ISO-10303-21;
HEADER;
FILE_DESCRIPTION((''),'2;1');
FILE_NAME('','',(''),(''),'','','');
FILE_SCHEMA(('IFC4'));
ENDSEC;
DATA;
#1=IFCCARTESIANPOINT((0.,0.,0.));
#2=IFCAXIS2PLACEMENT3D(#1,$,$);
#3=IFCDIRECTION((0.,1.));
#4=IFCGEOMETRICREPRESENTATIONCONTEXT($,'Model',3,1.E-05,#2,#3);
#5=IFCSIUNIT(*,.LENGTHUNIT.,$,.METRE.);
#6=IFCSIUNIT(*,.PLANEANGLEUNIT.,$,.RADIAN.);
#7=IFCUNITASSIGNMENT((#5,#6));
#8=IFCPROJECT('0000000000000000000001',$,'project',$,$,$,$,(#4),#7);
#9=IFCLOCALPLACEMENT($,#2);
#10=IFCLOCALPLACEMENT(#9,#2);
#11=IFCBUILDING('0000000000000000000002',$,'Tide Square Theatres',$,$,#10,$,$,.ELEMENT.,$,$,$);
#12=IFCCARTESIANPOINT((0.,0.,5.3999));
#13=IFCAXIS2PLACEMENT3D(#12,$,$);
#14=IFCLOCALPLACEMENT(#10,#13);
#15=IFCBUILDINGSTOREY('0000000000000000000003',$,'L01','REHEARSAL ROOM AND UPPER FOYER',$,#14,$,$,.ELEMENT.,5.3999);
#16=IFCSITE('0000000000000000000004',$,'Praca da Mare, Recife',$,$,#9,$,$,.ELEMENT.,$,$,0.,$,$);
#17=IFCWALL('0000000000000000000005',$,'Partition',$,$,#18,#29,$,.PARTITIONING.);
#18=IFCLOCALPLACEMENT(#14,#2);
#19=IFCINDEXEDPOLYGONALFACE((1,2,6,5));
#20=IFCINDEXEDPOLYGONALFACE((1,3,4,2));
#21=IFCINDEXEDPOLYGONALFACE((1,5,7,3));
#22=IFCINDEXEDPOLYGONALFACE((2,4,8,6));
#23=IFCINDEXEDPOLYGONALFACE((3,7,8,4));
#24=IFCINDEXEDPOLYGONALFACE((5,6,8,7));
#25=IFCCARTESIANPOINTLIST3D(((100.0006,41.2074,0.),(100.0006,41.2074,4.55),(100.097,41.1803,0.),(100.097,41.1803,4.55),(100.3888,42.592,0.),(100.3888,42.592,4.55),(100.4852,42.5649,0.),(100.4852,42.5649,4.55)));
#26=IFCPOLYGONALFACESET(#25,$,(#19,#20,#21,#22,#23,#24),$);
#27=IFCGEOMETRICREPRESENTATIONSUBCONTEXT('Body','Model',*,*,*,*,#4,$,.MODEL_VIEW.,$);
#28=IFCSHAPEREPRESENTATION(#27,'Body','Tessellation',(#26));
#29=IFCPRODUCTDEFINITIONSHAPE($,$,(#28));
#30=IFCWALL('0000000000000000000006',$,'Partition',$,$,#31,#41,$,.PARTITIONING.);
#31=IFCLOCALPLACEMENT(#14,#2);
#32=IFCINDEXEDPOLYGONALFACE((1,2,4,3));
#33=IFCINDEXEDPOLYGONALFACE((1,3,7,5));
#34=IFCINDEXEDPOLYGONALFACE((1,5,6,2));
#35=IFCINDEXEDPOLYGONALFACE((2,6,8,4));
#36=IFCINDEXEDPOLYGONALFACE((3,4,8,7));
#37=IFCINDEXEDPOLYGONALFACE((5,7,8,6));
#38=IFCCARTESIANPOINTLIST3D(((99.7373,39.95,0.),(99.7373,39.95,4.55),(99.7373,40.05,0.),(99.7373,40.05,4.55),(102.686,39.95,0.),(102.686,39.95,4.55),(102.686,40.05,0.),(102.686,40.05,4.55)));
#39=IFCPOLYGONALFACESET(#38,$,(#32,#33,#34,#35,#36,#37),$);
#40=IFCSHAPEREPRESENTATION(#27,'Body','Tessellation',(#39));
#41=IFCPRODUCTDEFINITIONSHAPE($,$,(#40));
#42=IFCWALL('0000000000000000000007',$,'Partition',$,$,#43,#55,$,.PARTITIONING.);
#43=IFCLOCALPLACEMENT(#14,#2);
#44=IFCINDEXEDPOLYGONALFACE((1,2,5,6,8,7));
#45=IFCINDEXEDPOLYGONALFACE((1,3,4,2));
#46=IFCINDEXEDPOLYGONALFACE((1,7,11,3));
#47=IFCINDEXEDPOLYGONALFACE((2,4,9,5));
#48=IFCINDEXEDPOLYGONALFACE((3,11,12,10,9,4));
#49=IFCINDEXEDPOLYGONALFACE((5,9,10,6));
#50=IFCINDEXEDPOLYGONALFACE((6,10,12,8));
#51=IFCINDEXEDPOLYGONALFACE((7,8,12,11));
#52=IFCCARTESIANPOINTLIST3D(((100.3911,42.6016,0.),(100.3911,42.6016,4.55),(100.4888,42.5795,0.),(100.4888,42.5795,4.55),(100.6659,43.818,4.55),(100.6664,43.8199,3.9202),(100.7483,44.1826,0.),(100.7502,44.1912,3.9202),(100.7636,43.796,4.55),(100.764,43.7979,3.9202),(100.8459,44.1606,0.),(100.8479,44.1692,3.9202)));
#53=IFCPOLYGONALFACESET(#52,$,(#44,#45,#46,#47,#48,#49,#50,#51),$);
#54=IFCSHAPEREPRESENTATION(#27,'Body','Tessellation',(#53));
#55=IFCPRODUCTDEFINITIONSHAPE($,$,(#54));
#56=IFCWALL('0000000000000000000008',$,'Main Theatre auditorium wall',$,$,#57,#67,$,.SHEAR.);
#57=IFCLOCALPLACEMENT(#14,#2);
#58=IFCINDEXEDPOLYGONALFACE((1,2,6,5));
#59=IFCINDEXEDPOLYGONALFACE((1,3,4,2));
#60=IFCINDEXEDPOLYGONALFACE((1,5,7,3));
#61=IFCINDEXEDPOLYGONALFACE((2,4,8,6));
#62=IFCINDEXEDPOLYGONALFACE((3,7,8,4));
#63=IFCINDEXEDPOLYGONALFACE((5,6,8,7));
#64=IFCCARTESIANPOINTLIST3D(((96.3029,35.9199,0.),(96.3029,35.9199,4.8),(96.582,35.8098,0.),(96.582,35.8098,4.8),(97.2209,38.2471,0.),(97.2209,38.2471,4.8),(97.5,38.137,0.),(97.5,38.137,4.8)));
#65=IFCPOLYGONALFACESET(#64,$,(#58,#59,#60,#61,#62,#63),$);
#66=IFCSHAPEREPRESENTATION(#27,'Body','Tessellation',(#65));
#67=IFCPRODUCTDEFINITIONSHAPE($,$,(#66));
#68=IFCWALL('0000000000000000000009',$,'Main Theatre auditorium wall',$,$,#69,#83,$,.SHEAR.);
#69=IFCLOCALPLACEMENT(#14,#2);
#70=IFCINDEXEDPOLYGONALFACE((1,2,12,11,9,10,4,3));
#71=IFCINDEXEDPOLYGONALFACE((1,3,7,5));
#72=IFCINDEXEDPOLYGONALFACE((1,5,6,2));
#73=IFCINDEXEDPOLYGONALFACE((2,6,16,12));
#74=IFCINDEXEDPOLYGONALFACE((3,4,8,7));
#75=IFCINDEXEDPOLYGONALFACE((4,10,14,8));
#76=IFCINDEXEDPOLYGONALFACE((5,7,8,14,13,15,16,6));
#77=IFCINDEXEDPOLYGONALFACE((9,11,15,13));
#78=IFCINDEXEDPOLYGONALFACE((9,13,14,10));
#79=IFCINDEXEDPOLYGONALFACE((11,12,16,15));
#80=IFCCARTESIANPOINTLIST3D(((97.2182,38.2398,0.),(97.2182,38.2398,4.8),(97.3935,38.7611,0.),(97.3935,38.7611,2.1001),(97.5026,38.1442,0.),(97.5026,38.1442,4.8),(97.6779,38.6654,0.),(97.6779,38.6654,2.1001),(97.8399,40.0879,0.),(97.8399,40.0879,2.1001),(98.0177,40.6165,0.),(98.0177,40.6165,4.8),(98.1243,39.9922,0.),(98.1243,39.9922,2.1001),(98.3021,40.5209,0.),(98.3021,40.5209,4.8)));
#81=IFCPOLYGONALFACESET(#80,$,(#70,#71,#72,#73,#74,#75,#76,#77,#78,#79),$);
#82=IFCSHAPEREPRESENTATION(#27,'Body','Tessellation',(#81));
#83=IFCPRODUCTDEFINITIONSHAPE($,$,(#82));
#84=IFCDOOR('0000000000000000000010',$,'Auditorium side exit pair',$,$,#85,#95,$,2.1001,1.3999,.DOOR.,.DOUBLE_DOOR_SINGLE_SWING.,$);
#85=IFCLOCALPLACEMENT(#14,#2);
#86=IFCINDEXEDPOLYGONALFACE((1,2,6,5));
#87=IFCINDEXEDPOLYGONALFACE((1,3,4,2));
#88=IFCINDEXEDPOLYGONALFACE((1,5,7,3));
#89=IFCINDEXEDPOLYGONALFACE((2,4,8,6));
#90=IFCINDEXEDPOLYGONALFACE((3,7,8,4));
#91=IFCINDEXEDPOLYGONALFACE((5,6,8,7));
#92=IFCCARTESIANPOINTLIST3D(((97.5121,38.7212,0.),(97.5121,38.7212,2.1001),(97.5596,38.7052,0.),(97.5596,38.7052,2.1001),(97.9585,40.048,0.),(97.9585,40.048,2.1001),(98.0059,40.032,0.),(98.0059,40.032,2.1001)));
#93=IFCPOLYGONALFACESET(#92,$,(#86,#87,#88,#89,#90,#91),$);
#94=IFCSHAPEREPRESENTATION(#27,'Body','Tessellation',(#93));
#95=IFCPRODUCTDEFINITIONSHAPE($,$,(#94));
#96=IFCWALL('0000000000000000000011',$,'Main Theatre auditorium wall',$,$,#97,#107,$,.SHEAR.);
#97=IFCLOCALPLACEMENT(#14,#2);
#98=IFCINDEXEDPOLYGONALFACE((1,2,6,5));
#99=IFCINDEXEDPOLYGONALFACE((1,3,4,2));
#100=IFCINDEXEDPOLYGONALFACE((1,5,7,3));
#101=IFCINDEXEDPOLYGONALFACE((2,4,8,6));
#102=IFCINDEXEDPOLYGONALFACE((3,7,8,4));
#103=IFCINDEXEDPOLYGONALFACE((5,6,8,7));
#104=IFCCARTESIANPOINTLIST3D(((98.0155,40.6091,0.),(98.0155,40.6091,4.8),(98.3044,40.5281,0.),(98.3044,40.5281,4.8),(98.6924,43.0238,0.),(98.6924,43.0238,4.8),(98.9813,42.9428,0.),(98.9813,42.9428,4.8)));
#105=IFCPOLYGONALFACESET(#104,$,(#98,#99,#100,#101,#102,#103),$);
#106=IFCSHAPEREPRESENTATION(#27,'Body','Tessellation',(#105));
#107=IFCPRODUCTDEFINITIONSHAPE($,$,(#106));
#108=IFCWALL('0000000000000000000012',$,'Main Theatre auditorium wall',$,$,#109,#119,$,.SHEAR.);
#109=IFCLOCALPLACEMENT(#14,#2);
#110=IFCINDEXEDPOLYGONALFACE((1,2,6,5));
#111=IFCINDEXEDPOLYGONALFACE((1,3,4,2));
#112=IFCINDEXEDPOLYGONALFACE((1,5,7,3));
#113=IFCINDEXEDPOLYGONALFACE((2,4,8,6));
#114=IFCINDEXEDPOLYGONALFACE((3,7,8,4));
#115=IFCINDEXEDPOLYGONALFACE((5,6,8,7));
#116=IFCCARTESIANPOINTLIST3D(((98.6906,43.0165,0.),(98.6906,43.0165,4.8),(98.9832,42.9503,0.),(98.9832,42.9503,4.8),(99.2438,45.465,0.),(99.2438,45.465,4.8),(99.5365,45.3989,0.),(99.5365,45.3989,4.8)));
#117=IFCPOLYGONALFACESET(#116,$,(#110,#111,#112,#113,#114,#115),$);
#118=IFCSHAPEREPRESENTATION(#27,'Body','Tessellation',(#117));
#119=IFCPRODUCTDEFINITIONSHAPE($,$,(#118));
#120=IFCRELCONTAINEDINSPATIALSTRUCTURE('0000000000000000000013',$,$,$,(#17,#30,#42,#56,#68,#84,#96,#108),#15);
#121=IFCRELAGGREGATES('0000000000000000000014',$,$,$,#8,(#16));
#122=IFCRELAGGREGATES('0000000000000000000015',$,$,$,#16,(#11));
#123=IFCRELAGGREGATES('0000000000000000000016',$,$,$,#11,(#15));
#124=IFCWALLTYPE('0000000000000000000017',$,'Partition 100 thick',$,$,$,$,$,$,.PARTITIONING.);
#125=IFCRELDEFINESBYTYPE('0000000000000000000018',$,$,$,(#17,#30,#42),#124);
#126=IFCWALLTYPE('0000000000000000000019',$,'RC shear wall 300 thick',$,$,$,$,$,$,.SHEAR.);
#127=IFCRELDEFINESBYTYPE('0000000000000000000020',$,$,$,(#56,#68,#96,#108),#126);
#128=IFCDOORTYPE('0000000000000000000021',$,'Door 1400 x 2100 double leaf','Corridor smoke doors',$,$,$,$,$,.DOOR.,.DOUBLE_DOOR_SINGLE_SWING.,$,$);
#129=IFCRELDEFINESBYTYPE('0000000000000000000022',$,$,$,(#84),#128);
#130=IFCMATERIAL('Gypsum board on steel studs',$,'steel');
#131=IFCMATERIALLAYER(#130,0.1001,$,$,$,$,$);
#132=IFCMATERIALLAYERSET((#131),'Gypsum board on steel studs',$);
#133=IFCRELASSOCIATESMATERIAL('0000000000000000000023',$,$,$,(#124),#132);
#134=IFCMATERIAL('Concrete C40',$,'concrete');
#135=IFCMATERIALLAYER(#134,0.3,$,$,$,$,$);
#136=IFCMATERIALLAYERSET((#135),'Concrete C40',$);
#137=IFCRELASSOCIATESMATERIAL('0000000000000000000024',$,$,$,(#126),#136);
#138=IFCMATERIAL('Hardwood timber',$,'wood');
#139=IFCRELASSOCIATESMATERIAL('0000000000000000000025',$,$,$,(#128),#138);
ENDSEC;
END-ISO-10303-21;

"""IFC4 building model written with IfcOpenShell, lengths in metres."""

from ifc_helpers import new_model, si_unit, direction, frame, frame_2d, origin, place, context, subcontext, project, spatial, polyline, rectangle, outline, extrude, material, layer, layer_set, type_object, element, fill, save


model = new_model("IFC4")

# Units and contexts
model_context = context("Model", 3, precision=1e-05, world=origin(), true_north=direction((0.0, 1.0)))
body_context = subcontext(model_context, "Body", "Model", "MODEL_VIEW")
ifc_project = project(units=[si_unit("LENGTHUNIT", "METRE"), si_unit("PLANEANGLEUNIT", "RADIAN")], contexts=[model_context])

# Site, building, storey
site_placement = place(None, origin())
site = spatial("IfcSite", under=ifc_project, at=site_placement, Name="Praca da Mare, Recife", CompositionType="ELEMENT", RefElevation=0.0)
building_placement = place(site_placement, origin())
building = spatial("IfcBuilding", under=site, at=building_placement, Name="Tide Square Theatres", CompositionType="ELEMENT")
storey_placement = place(building_placement, frame((0.0, 0.0, 5.3999)))
storey = spatial("IfcBuildingStorey", under=building, at=storey_placement, Name="L01", Description="REHEARSAL ROOM AND UPPER FOYER", CompositionType="ELEMENT", Elevation=5.3999)

# Shared definitions
ifc_material_1 = material(Name="Gypsum board on steel studs", Category="steel")
ifc_layer_1 = layer(ifc_material_1, 0.1001)
ifc_layer_set_1 = layer_set([ifc_layer_1], Name="Gypsum board on steel studs")
wall_type_1 = type_object("IfcWallType", Name="Partition 100 thick", PredefinedType="PARTITIONING", material=ifc_layer_set_1)

# Walls
wall_1_placement = place(storey_placement, frame((100.0488, 41.1938, 0.0), z_axis=(0.0, 0.0, 1.0), x_axis=(0.269964, 0.962871, 0.0)))
element("IfcWall", 1, at=wall_1_placement, inside=storey, type_object=wall_type_1, Name="Partition", PredefinedType="PARTITIONING", context=body_context, shape_type="SweptSolid", body=[
    extrude(rectangle(XDim=1.438, YDim=0.1001, at=frame_2d((0.719, 0.0))), origin(), (0.0, 0.0, 1.0), 4.55),
])
wall_2_placement = place(storey_placement, frame((99.7373, 40.0, 0.0), z_axis=(0.0, 0.0, 1.0), x_axis=(1.0, 0.0, 0.0)))
element("IfcWall", 2, at=wall_2_placement, inside=storey, type_object=wall_type_1, Name="Partition", PredefinedType="PARTITIONING", context=body_context, shape_type="SweptSolid", body=[
    extrude(rectangle(XDim=2.9487, YDim=0.1001, at=frame_2d((1.4744, 0.0))), origin(), (0.0, 0.0, 1.0), 4.55),
])
wall_3_placement = place(storey_placement, frame((100.4399, 42.5906, 0.0), z_axis=(0.0, 0.0, 1.0), x_axis=(0.220358, 0.975419, 0.0)))
element("IfcWall", 3, at=wall_3_placement, inside=storey, type_object=wall_type_1, Name="Partition", PredefinedType="PARTITIONING", context=body_context, shape_type="SweptSolid", body=[
    extrude(outline(polyline([(0.0, 0.0), (1.6208, 0.0), (1.6311, 4.55), (1.6311, 3.9202), (1.249, 3.9202), (1.2471, 4.55), (0.0, 4.55), (0.0, 0.0)])), frame((0.0, 0.05, 0.0), z_axis=(0.0, -1.0, 0.0), x_axis=(1.0, 0.0, 0.0)), (0.0, 0.0, 1.0), 0.1001),
])
ifc_material_2 = material(Name="Concrete C40", Category="concrete")
ifc_layer_2 = layer(ifc_material_2, 0.3)
ifc_layer_set_2 = layer_set([ifc_layer_2], Name="Concrete C40")
wall_type_2 = type_object("IfcWallType", Name="RC shear wall 300 thick", PredefinedType="SHEAR", material=ifc_layer_set_2)
wall_4_placement = place(storey_placement, frame((96.4424, 35.8647, 0.0), z_axis=(0.0, 0.0, 1.0), x_axis=(0.366944, 0.930243, 0.0)))
element("IfcWall", 4, at=wall_4_placement, inside=storey, type_object=wall_type_2, Name="Main Theatre auditorium wall", PredefinedType="SHEAR", context=body_context, shape_type="SweptSolid", body=[
    extrude(rectangle(XDim=2.5017, YDim=0.3, at=frame_2d((1.251, 0.0))), origin(), (0.0, 0.0, 1.0), 4.8),
])

# Wall, opening, door
wall_5_placement = place(storey_placement, frame((97.3604, 38.1919, 0.0), z_axis=(0.0, 0.0, 1.0), x_axis=(0.318855, 0.947803, 0.0)))
wall_5 = element("IfcWall", 5, at=wall_5_placement, inside=storey, type_object=wall_type_2, Name="Main Theatre auditorium wall", PredefinedType="SHEAR", context=body_context, shape_type="SweptSolid", body=[
    extrude(rectangle(XDim=2.5076, YDim=0.3, at=frame_2d((1.2539, 0.0))), origin(), (0.0, 0.0, 1.0), 4.8),
])
opening_1_placement = place(wall_5_placement, frame((0.55, 0.0, 0.0)))
opening_1 = element("IfcOpeningElement", 6, at=opening_1_placement, cuts=wall_5, PredefinedType="OPENING", context=body_context, shape_type="SweptSolid", body=[
    extrude(rectangle(XDim=1.3999, YDim=2.1001, at=frame_2d((0.7, 1.05))), frame((0.0, 0.1599, 0.0), z_axis=(0.0, -1.0, 0.0), x_axis=(1.0, 0.0, 0.0)), (0.0, 0.0, 1.0), 0.3201),
])
ifc_material_3 = material(Name="Hardwood timber", Category="wood")
door_type_1 = type_object("IfcDoorType", Name="Door 1400 x 2100 double leaf", Description="Corridor smoke doors", OperationType="DOUBLE_DOOR_SINGLE_SWING", PredefinedType="DOOR", material=ifc_material_3)
door_1_placement = place(opening_1_placement, origin())
door_1 = element("IfcDoor", 7, at=door_1_placement, inside=storey, type_object=door_type_1, Name="Auditorium side exit pair", OperationType="DOUBLE_DOOR_SINGLE_SWING", OverallHeight=2.1001, OverallWidth=1.3999, PredefinedType="DOOR", context=body_context, shape_type="SweptSolid", body=[
    extrude(rectangle(XDim=1.3999, YDim=2.1001, at=frame_2d((0.7, 1.05))), frame((0.0, 0.0249, 0.0), z_axis=(0.0, -1.0, 0.0), x_axis=(1.0, 0.0, 0.0)), (0.0, 0.0, 1.0), 0.05),
])
fill(opening_1, door_1)

# Walls
wall_6_placement = place(storey_placement, frame((98.1599, 40.5686, 0.0), z_axis=(0.0, 0.0, 1.0), x_axis=(0.269948, 0.962875, 0.0)))
element("IfcWall", 8, at=wall_6_placement, inside=storey, type_object=wall_type_2, Name="Main Theatre auditorium wall", PredefinedType="SHEAR", context=body_context, shape_type="SweptSolid", body=[
    extrude(rectangle(XDim=2.5078, YDim=0.3, at=frame_2d((1.2539, 0.0))), origin(), (0.0, 0.0, 1.0), 4.8),
])
wall_7_placement = place(storey_placement, frame((98.8369, 42.9834, 0.0), z_axis=(0.0, 0.0, 1.0), x_axis=(0.220389, 0.975412, 0.0)))
element("IfcWall", 9, at=wall_7_placement, inside=storey, type_object=wall_type_2, Name="Main Theatre auditorium wall", PredefinedType="SHEAR", context=body_context, shape_type="SweptSolid", body=[
    extrude(rectangle(XDim=2.5103, YDim=0.3, at=frame_2d((1.2551, 0.0))), origin(), (0.0, 0.0, 1.0), 4.8),
])

save(model, "model.ifc")
